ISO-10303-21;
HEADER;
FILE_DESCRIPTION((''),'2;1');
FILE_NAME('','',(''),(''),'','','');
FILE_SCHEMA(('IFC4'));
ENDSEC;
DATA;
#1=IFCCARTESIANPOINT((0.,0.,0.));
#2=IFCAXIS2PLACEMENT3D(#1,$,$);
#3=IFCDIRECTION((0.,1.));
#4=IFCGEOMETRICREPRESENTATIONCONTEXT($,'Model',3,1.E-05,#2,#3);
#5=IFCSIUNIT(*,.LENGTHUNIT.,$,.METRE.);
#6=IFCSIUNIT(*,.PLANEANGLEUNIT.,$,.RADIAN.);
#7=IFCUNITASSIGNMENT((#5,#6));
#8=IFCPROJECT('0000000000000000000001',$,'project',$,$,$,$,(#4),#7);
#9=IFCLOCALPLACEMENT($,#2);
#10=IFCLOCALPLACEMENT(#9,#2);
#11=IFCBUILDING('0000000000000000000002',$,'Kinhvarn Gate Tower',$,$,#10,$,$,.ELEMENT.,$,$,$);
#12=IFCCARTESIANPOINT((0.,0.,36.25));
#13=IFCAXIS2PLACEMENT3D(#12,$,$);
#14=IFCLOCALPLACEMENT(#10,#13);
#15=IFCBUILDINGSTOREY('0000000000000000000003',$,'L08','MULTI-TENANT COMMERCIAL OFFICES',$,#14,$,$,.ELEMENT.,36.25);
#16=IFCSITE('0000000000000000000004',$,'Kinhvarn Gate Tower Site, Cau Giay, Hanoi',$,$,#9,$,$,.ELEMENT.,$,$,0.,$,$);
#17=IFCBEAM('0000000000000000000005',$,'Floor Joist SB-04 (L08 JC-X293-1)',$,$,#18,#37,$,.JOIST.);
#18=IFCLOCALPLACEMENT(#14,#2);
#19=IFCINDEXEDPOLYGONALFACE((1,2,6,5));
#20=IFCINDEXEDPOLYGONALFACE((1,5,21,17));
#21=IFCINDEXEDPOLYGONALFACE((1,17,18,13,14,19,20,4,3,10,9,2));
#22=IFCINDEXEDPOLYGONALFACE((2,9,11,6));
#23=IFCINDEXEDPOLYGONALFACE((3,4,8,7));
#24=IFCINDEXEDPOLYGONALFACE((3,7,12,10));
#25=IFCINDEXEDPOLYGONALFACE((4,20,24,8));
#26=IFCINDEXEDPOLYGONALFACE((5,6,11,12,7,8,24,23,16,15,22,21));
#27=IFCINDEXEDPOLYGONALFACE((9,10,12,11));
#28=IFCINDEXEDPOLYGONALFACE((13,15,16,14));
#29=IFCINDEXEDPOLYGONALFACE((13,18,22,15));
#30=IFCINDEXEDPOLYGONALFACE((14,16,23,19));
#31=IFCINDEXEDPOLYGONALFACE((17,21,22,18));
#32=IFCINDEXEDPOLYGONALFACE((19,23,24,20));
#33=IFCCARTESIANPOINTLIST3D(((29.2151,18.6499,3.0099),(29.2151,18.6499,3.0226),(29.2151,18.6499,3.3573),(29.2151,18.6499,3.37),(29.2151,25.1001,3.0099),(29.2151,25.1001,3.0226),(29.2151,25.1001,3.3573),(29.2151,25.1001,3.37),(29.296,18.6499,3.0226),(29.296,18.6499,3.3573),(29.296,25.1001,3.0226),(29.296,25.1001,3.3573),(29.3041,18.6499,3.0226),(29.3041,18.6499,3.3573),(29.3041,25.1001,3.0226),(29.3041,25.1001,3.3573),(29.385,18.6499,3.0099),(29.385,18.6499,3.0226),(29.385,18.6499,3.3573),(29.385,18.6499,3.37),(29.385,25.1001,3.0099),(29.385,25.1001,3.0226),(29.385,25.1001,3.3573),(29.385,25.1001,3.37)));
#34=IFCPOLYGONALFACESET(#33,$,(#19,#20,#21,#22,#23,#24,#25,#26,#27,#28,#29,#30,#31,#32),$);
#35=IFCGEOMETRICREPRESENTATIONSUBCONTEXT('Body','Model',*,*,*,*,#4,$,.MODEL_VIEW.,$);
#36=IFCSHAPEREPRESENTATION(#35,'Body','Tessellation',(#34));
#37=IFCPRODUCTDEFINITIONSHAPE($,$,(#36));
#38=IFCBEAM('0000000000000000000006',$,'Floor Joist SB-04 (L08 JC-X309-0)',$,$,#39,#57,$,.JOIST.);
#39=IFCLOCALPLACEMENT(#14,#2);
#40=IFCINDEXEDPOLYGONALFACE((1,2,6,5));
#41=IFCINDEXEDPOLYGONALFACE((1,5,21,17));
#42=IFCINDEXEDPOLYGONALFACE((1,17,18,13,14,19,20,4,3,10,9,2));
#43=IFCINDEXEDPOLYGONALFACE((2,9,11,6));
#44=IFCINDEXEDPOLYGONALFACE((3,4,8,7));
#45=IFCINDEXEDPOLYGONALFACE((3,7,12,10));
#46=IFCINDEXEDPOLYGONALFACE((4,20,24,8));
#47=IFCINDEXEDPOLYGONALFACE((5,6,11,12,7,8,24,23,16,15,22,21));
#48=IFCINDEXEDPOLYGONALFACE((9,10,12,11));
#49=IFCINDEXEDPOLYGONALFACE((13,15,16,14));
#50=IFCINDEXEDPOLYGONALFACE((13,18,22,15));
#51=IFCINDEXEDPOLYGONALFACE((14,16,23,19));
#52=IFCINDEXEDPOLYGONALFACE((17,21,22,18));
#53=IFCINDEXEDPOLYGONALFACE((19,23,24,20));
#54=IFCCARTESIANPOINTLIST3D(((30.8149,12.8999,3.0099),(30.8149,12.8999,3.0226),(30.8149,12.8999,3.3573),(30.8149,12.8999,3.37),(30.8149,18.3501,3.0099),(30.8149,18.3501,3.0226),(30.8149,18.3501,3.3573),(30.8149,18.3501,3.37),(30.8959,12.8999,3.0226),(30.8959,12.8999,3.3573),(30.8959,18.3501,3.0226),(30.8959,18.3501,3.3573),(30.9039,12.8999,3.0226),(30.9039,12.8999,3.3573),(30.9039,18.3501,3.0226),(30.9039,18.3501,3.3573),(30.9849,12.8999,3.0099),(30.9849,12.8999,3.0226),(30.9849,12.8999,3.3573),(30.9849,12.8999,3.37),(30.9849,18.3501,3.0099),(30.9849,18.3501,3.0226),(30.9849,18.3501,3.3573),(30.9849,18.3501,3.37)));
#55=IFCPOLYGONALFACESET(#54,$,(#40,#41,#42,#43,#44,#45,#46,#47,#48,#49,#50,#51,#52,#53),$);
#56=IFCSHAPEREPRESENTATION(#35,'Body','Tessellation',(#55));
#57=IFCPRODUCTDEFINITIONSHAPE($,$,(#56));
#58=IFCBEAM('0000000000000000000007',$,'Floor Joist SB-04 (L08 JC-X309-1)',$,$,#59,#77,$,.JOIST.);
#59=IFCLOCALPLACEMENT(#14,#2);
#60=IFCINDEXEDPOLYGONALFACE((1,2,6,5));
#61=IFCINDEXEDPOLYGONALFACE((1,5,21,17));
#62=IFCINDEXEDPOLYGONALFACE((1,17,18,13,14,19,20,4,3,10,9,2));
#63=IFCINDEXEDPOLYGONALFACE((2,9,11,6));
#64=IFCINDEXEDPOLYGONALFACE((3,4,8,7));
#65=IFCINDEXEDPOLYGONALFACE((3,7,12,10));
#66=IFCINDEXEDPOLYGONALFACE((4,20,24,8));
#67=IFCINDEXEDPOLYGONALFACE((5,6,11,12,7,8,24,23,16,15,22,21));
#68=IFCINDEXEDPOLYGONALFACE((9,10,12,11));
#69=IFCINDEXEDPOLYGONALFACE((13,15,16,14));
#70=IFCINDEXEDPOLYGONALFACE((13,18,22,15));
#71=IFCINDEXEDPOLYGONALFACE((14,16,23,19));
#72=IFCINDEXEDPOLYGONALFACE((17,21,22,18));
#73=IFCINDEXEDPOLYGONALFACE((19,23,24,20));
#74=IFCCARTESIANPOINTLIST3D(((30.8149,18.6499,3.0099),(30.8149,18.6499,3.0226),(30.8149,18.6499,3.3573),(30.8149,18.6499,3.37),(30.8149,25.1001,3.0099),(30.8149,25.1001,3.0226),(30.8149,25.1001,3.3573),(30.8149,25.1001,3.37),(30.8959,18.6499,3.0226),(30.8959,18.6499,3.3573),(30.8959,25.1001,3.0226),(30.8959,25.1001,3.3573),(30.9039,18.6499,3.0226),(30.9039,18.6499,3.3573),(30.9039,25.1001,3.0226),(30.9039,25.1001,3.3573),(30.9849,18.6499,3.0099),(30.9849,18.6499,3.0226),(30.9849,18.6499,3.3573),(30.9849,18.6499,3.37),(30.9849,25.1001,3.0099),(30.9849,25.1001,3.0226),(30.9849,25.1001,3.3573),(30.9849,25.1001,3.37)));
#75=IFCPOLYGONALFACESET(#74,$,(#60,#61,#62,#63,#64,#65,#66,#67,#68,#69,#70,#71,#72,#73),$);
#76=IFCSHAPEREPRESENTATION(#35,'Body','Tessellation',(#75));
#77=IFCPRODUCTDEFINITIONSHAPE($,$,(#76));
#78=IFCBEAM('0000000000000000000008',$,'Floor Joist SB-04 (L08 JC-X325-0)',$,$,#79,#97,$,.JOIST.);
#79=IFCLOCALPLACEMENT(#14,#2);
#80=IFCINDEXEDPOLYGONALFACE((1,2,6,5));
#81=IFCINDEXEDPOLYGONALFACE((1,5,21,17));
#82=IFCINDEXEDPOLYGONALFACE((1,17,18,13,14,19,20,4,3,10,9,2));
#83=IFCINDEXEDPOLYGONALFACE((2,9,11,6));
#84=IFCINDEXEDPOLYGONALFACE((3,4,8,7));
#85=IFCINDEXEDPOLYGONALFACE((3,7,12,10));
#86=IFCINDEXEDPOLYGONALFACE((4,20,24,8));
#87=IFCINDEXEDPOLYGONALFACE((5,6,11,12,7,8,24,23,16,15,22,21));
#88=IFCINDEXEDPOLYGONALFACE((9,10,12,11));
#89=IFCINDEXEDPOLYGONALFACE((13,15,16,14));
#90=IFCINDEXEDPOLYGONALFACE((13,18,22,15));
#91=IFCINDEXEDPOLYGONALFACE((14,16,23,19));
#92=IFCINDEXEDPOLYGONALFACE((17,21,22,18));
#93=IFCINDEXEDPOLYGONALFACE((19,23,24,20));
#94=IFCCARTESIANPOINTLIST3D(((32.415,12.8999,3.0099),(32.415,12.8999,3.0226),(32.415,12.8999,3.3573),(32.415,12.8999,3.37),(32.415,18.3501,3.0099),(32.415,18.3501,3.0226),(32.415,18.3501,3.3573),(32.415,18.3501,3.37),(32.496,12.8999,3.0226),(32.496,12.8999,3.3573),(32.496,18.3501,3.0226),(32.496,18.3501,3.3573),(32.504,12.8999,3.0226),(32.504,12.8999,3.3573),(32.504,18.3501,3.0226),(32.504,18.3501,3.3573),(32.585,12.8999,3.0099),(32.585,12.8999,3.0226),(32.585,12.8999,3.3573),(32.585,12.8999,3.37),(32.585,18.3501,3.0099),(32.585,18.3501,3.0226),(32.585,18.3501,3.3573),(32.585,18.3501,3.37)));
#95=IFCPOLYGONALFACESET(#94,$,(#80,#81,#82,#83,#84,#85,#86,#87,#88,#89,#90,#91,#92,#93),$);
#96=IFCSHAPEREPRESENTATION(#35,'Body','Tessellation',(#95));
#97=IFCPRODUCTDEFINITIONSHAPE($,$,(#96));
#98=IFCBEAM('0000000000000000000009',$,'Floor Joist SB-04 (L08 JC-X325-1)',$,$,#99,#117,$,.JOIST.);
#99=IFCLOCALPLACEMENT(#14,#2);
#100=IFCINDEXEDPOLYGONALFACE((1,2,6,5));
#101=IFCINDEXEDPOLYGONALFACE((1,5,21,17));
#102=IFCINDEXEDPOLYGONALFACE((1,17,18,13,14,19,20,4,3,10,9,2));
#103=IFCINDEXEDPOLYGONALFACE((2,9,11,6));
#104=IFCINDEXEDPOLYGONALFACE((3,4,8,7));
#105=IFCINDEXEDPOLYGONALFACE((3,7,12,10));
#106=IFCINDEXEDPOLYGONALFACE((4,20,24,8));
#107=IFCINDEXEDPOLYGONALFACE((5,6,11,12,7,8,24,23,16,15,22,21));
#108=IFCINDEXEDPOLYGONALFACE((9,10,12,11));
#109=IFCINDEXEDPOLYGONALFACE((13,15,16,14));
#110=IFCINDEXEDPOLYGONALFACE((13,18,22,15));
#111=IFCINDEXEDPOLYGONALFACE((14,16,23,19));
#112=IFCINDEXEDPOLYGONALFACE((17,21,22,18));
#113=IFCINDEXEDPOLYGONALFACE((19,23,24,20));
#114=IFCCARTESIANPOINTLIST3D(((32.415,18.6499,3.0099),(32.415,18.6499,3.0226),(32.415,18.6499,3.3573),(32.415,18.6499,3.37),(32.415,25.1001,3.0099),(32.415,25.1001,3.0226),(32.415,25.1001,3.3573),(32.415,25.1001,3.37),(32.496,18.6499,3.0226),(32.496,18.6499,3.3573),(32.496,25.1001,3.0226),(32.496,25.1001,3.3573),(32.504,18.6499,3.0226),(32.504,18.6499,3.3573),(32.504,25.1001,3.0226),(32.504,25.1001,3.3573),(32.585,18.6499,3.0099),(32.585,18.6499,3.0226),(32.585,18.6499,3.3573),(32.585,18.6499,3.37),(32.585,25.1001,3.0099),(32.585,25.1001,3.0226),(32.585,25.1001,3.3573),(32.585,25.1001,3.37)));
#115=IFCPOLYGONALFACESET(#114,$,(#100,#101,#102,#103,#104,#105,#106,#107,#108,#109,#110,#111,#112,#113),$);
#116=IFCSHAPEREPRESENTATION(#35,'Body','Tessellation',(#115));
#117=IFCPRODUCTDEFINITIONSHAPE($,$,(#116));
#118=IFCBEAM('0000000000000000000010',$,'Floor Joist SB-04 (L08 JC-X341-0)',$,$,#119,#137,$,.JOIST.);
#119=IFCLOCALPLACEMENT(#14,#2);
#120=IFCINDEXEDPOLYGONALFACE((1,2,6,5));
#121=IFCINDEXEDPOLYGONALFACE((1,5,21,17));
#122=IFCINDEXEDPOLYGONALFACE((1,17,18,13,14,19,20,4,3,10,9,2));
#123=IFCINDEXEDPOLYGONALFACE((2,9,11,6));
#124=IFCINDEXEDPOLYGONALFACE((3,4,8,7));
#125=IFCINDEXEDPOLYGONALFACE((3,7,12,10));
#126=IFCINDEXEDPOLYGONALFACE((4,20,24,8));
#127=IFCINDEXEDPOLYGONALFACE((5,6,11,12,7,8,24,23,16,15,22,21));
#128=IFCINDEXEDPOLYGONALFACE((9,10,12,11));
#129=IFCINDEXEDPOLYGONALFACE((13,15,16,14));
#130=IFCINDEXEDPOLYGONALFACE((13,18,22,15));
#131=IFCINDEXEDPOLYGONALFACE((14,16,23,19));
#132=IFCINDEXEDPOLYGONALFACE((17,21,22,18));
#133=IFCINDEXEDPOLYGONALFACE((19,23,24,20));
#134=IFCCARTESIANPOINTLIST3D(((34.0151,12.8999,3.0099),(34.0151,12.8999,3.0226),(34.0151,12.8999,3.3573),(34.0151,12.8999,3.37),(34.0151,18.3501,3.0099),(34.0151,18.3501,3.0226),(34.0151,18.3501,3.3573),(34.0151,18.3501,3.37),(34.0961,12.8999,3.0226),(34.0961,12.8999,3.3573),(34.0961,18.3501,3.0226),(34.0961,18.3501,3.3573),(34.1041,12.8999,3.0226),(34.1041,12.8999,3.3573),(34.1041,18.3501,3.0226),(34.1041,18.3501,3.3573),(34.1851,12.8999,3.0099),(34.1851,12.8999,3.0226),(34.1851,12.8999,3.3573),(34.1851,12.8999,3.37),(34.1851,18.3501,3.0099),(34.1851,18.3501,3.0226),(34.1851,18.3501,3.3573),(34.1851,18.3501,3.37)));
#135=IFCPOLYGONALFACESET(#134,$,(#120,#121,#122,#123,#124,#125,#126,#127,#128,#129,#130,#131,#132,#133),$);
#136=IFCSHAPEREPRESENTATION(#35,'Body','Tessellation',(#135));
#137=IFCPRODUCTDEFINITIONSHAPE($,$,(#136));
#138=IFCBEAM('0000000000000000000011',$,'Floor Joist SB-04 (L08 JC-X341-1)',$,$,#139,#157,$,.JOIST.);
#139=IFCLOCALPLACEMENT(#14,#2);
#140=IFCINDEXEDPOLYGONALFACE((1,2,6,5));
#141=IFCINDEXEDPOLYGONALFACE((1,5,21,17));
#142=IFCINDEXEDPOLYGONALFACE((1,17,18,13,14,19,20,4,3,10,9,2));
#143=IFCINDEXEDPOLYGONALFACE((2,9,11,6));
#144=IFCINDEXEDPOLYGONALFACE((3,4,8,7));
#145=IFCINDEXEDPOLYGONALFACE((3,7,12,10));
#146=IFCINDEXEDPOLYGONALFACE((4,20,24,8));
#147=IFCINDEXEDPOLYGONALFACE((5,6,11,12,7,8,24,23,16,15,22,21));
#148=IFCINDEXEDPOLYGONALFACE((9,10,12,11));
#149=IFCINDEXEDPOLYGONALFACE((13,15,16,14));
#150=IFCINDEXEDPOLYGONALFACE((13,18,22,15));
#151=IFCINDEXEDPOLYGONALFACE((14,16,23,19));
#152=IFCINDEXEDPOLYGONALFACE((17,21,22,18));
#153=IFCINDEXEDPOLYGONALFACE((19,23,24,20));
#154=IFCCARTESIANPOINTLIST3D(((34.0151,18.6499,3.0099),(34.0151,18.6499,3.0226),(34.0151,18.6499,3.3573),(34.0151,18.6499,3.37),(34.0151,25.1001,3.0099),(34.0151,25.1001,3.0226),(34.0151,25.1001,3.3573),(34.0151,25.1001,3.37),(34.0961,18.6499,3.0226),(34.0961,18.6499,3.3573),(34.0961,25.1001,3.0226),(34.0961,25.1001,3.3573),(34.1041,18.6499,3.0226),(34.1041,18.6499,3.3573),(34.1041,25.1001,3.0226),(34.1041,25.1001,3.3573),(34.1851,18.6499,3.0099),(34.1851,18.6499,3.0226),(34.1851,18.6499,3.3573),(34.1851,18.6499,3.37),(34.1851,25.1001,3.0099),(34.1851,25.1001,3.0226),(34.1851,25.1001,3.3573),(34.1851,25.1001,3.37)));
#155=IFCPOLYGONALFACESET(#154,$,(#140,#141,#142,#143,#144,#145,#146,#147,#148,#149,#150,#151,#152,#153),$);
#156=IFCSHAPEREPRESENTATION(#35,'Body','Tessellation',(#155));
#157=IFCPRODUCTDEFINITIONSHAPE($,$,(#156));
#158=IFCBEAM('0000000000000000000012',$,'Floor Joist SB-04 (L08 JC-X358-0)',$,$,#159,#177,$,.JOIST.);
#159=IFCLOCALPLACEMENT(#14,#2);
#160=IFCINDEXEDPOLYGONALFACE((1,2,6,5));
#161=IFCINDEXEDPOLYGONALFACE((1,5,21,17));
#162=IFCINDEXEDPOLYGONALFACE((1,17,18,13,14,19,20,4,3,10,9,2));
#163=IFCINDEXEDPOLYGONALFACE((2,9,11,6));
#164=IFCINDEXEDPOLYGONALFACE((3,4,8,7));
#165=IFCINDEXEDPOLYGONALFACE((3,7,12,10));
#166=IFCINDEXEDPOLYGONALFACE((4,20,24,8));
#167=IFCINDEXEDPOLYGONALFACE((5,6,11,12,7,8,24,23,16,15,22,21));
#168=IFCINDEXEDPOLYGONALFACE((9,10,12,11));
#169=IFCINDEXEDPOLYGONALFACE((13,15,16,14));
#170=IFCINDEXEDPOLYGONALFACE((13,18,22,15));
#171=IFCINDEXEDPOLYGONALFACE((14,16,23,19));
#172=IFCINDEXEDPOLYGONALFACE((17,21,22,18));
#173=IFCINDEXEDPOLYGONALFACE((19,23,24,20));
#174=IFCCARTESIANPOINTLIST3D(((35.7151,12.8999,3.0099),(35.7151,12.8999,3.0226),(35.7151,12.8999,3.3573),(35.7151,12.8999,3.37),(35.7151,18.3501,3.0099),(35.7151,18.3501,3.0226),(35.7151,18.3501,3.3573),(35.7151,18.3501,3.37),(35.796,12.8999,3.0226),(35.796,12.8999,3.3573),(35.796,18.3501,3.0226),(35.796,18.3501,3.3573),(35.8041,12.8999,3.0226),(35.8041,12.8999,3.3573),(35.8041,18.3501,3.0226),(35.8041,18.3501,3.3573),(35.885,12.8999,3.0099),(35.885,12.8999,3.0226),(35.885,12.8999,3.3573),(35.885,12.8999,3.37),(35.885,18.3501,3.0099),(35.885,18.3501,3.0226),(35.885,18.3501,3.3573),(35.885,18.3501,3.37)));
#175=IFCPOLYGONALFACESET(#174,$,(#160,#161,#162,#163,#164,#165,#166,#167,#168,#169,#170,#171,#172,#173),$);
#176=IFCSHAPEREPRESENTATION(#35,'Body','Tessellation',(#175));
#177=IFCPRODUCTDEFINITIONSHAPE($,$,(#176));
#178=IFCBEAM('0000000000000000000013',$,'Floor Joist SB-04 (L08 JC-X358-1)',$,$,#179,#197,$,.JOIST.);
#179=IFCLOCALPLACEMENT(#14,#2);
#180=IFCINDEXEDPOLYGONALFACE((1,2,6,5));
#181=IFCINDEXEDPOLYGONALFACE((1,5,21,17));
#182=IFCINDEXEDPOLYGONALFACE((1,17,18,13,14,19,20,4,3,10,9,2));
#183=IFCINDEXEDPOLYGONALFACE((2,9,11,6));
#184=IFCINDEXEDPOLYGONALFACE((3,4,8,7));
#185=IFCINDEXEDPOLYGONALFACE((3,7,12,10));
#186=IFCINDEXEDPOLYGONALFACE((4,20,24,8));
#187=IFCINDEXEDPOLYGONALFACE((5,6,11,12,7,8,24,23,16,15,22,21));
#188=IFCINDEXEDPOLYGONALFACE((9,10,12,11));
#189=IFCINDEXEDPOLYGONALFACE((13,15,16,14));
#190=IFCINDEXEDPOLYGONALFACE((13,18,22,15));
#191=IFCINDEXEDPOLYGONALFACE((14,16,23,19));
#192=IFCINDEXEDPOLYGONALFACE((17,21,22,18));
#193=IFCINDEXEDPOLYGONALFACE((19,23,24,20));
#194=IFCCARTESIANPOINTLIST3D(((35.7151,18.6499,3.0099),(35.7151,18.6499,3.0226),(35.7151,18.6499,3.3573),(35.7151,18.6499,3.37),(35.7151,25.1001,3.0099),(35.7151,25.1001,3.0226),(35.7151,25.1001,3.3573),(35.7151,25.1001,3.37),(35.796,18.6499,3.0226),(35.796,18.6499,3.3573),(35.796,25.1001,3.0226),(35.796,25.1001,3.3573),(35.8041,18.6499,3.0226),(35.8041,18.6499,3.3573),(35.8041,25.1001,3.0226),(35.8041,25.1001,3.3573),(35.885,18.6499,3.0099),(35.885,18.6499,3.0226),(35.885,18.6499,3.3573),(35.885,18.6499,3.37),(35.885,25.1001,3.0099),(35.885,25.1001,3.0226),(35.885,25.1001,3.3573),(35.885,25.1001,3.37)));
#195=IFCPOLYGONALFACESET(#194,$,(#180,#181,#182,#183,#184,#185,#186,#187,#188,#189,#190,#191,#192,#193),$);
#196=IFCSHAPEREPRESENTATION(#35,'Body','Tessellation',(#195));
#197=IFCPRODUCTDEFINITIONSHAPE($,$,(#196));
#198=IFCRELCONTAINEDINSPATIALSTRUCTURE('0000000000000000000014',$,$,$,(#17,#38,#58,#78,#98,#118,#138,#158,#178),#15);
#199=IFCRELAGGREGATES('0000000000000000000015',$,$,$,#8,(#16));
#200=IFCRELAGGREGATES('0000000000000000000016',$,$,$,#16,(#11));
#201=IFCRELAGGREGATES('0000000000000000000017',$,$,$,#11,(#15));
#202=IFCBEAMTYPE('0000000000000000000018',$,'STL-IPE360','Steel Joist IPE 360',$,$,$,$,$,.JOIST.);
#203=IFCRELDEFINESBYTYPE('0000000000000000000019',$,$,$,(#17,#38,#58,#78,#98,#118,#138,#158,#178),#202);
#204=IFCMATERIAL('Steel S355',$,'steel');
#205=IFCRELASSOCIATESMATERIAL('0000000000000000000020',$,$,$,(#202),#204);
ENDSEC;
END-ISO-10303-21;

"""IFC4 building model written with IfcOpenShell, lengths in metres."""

from ifc_helpers import new_model, si_unit, direction, frame, origin, origin_2d, place, context, subcontext, project, spatial, i_section, extrude, material, material_profile, profile_set, type_object, element, save


model = new_model("IFC4")

# Units and contexts
model_context = context("Model", 3, precision=1e-05, world=origin(), true_north=direction((0.0, 1.0)))
body_context = subcontext(model_context, "Body", "Model", "MODEL_VIEW")
ifc_project = project(units=[si_unit("LENGTHUNIT", "METRE"), si_unit("PLANEANGLEUNIT", "RADIAN")], contexts=[model_context])

# Site, building, storey
site_placement = place(None, origin())
site = spatial("IfcSite", under=ifc_project, at=site_placement, Name="Kinhvarn Gate Tower Site, Cau Giay, Hanoi", CompositionType="ELEMENT", RefElevation=0.0)
building_placement = place(site_placement, origin())
building = spatial("IfcBuilding", under=site, at=building_placement, Name="Kinhvarn Gate Tower", CompositionType="ELEMENT")
storey_placement = place(building_placement, frame((0.0, 0.0, 36.25)))
storey = spatial("IfcBuildingStorey", under=building, at=storey_placement, Name="L08", Description="MULTI-TENANT COMMERCIAL OFFICES", CompositionType="ELEMENT", Elevation=36.25)

# Beams
ifc_material_1 = material(Name="Steel S355", Category="steel")
ifc_material_profile_1 = material_profile(ifc_material_1, i_section(OverallWidth=0.1699, OverallDepth=0.3601, WebThickness=0.0081, FlangeThickness=0.0127, at=origin_2d()), Name="IPE 360")
ifc_profile_set_1 = profile_set([ifc_material_profile_1], Name="Steel S355")
beam_type_1 = type_object("IfcBeamType", Name="STL-IPE360", Description="Steel Joist IPE 360", PredefinedType="JOIST", material=ifc_profile_set_1)
beam_1_placement = place(storey_placement, frame((29.3, 18.6499, 3.1899), z_axis=(0.0, 1.0, 0.0), x_axis=(-1.0, 0.0, 0.0)))
element("IfcBeam", 1, at=beam_1_placement, inside=storey, type_object=beam_type_1, Name="Floor Joist SB-04 (L08 JC-X293-1)", PredefinedType="JOIST", context=body_context, shape_type="SweptSolid", body=[
    extrude(i_section(OverallWidth=0.1699, OverallDepth=0.3601, WebThickness=0.0081, FlangeThickness=0.0127, at=origin_2d()), origin(), (0.0, 0.0, 1.0), 6.4502),
])
beam_2_placement = place(storey_placement, frame((30.8999, 12.8999, 3.1899), z_axis=(0.0, 1.0, 0.0), x_axis=(-1.0, 0.0, 0.0)))
element("IfcBeam", 2, at=beam_2_placement, inside=storey, type_object=beam_type_1, Name="Floor Joist SB-04 (L08 JC-X309-0)", PredefinedType="JOIST", context=body_context, shape_type="SweptSolid", body=[
    extrude(i_section(OverallWidth=0.1699, OverallDepth=0.3601, WebThickness=0.0081, FlangeThickness=0.0127, at=origin_2d()), origin(), (0.0, 0.0, 1.0), 5.4502),
])
beam_3_placement = place(storey_placement, frame((30.8999, 18.6499, 3.1899), z_axis=(0.0, 1.0, 0.0), x_axis=(-1.0, 0.0, 0.0)))
element("IfcBeam", 3, at=beam_3_placement, inside=storey, type_object=beam_type_1, Name="Floor Joist SB-04 (L08 JC-X309-1)", PredefinedType="JOIST", context=body_context, shape_type="SweptSolid", body=[
    extrude(i_section(OverallWidth=0.1699, OverallDepth=0.3601, WebThickness=0.0081, FlangeThickness=0.0127, at=origin_2d()), origin(), (0.0, 0.0, 1.0), 6.4502),
])
beam_4_placement = place(storey_placement, frame((32.5, 12.8999, 3.1899), z_axis=(0.0, 1.0, 0.0), x_axis=(-1.0, 0.0, 0.0)))
element("IfcBeam", 4, at=beam_4_placement, inside=storey, type_object=beam_type_1, Name="Floor Joist SB-04 (L08 JC-X325-0)", PredefinedType="JOIST", context=body_context, shape_type="SweptSolid", body=[
    extrude(i_section(OverallWidth=0.1699, OverallDepth=0.3601, WebThickness=0.0081, FlangeThickness=0.0127, at=origin_2d()), origin(), (0.0, 0.0, 1.0), 5.4502),
])
beam_5_placement = place(storey_placement, frame((32.5, 18.6499, 3.1899), z_axis=(0.0, 1.0, 0.0), x_axis=(-1.0, 0.0, 0.0)))
element("IfcBeam", 5, at=beam_5_placement, inside=storey, type_object=beam_type_1, Name="Floor Joist SB-04 (L08 JC-X325-1)", PredefinedType="JOIST", context=body_context, shape_type="SweptSolid", body=[
    extrude(i_section(OverallWidth=0.1699, OverallDepth=0.3601, WebThickness=0.0081, FlangeThickness=0.0127, at=origin_2d()), origin(), (0.0, 0.0, 1.0), 6.4502),
])
beam_6_placement = place(storey_placement, frame((34.1001, 12.8999, 3.1899), z_axis=(0.0, 1.0, 0.0), x_axis=(-1.0, 0.0, 0.0)))
element("IfcBeam", 6, at=beam_6_placement, inside=storey, type_object=beam_type_1, Name="Floor Joist SB-04 (L08 JC-X341-0)", PredefinedType="JOIST", context=body_context, shape_type="SweptSolid", body=[
    extrude(i_section(OverallWidth=0.1699, OverallDepth=0.3601, WebThickness=0.0081, FlangeThickness=0.0127, at=origin_2d()), origin(), (0.0, 0.0, 1.0), 5.4502),
])
beam_7_placement = place(storey_placement, frame((34.1001, 18.6499, 3.1899), z_axis=(0.0, 1.0, 0.0), x_axis=(-1.0, 0.0, 0.0)))
element("IfcBeam", 7, at=beam_7_placement, inside=storey, type_object=beam_type_1, Name="Floor Joist SB-04 (L08 JC-X341-1)", PredefinedType="JOIST", context=body_context, shape_type="SweptSolid", body=[
    extrude(i_section(OverallWidth=0.1699, OverallDepth=0.3601, WebThickness=0.0081, FlangeThickness=0.0127, at=origin_2d()), origin(), (0.0, 0.0, 1.0), 6.4502),
])
beam_8_placement = place(storey_placement, frame((35.8, 12.8999, 3.1899), z_axis=(0.0, 1.0, 0.0), x_axis=(-1.0, 0.0, 0.0)))
element("IfcBeam", 8, at=beam_8_placement, inside=storey, type_object=beam_type_1, Name="Floor Joist SB-04 (L08 JC-X358-0)", PredefinedType="JOIST", context=body_context, shape_type="SweptSolid", body=[
    extrude(i_section(OverallWidth=0.1699, OverallDepth=0.3601, WebThickness=0.0081, FlangeThickness=0.0127, at=origin_2d()), origin(), (0.0, 0.0, 1.0), 5.4502),
])
beam_9_placement = place(storey_placement, frame((35.8, 18.6499, 3.1899), z_axis=(0.0, 1.0, 0.0), x_axis=(-1.0, 0.0, 0.0)))
element("IfcBeam", 9, at=beam_9_placement, inside=storey, type_object=beam_type_1, Name="Floor Joist SB-04 (L08 JC-X358-1)", PredefinedType="JOIST", context=body_context, shape_type="SweptSolid", body=[
    extrude(i_section(OverallWidth=0.1699, OverallDepth=0.3601, WebThickness=0.0081, FlangeThickness=0.0127, at=origin_2d()), origin(), (0.0, 0.0, 1.0), 6.4502),
])

save(model, "model.ifc")
